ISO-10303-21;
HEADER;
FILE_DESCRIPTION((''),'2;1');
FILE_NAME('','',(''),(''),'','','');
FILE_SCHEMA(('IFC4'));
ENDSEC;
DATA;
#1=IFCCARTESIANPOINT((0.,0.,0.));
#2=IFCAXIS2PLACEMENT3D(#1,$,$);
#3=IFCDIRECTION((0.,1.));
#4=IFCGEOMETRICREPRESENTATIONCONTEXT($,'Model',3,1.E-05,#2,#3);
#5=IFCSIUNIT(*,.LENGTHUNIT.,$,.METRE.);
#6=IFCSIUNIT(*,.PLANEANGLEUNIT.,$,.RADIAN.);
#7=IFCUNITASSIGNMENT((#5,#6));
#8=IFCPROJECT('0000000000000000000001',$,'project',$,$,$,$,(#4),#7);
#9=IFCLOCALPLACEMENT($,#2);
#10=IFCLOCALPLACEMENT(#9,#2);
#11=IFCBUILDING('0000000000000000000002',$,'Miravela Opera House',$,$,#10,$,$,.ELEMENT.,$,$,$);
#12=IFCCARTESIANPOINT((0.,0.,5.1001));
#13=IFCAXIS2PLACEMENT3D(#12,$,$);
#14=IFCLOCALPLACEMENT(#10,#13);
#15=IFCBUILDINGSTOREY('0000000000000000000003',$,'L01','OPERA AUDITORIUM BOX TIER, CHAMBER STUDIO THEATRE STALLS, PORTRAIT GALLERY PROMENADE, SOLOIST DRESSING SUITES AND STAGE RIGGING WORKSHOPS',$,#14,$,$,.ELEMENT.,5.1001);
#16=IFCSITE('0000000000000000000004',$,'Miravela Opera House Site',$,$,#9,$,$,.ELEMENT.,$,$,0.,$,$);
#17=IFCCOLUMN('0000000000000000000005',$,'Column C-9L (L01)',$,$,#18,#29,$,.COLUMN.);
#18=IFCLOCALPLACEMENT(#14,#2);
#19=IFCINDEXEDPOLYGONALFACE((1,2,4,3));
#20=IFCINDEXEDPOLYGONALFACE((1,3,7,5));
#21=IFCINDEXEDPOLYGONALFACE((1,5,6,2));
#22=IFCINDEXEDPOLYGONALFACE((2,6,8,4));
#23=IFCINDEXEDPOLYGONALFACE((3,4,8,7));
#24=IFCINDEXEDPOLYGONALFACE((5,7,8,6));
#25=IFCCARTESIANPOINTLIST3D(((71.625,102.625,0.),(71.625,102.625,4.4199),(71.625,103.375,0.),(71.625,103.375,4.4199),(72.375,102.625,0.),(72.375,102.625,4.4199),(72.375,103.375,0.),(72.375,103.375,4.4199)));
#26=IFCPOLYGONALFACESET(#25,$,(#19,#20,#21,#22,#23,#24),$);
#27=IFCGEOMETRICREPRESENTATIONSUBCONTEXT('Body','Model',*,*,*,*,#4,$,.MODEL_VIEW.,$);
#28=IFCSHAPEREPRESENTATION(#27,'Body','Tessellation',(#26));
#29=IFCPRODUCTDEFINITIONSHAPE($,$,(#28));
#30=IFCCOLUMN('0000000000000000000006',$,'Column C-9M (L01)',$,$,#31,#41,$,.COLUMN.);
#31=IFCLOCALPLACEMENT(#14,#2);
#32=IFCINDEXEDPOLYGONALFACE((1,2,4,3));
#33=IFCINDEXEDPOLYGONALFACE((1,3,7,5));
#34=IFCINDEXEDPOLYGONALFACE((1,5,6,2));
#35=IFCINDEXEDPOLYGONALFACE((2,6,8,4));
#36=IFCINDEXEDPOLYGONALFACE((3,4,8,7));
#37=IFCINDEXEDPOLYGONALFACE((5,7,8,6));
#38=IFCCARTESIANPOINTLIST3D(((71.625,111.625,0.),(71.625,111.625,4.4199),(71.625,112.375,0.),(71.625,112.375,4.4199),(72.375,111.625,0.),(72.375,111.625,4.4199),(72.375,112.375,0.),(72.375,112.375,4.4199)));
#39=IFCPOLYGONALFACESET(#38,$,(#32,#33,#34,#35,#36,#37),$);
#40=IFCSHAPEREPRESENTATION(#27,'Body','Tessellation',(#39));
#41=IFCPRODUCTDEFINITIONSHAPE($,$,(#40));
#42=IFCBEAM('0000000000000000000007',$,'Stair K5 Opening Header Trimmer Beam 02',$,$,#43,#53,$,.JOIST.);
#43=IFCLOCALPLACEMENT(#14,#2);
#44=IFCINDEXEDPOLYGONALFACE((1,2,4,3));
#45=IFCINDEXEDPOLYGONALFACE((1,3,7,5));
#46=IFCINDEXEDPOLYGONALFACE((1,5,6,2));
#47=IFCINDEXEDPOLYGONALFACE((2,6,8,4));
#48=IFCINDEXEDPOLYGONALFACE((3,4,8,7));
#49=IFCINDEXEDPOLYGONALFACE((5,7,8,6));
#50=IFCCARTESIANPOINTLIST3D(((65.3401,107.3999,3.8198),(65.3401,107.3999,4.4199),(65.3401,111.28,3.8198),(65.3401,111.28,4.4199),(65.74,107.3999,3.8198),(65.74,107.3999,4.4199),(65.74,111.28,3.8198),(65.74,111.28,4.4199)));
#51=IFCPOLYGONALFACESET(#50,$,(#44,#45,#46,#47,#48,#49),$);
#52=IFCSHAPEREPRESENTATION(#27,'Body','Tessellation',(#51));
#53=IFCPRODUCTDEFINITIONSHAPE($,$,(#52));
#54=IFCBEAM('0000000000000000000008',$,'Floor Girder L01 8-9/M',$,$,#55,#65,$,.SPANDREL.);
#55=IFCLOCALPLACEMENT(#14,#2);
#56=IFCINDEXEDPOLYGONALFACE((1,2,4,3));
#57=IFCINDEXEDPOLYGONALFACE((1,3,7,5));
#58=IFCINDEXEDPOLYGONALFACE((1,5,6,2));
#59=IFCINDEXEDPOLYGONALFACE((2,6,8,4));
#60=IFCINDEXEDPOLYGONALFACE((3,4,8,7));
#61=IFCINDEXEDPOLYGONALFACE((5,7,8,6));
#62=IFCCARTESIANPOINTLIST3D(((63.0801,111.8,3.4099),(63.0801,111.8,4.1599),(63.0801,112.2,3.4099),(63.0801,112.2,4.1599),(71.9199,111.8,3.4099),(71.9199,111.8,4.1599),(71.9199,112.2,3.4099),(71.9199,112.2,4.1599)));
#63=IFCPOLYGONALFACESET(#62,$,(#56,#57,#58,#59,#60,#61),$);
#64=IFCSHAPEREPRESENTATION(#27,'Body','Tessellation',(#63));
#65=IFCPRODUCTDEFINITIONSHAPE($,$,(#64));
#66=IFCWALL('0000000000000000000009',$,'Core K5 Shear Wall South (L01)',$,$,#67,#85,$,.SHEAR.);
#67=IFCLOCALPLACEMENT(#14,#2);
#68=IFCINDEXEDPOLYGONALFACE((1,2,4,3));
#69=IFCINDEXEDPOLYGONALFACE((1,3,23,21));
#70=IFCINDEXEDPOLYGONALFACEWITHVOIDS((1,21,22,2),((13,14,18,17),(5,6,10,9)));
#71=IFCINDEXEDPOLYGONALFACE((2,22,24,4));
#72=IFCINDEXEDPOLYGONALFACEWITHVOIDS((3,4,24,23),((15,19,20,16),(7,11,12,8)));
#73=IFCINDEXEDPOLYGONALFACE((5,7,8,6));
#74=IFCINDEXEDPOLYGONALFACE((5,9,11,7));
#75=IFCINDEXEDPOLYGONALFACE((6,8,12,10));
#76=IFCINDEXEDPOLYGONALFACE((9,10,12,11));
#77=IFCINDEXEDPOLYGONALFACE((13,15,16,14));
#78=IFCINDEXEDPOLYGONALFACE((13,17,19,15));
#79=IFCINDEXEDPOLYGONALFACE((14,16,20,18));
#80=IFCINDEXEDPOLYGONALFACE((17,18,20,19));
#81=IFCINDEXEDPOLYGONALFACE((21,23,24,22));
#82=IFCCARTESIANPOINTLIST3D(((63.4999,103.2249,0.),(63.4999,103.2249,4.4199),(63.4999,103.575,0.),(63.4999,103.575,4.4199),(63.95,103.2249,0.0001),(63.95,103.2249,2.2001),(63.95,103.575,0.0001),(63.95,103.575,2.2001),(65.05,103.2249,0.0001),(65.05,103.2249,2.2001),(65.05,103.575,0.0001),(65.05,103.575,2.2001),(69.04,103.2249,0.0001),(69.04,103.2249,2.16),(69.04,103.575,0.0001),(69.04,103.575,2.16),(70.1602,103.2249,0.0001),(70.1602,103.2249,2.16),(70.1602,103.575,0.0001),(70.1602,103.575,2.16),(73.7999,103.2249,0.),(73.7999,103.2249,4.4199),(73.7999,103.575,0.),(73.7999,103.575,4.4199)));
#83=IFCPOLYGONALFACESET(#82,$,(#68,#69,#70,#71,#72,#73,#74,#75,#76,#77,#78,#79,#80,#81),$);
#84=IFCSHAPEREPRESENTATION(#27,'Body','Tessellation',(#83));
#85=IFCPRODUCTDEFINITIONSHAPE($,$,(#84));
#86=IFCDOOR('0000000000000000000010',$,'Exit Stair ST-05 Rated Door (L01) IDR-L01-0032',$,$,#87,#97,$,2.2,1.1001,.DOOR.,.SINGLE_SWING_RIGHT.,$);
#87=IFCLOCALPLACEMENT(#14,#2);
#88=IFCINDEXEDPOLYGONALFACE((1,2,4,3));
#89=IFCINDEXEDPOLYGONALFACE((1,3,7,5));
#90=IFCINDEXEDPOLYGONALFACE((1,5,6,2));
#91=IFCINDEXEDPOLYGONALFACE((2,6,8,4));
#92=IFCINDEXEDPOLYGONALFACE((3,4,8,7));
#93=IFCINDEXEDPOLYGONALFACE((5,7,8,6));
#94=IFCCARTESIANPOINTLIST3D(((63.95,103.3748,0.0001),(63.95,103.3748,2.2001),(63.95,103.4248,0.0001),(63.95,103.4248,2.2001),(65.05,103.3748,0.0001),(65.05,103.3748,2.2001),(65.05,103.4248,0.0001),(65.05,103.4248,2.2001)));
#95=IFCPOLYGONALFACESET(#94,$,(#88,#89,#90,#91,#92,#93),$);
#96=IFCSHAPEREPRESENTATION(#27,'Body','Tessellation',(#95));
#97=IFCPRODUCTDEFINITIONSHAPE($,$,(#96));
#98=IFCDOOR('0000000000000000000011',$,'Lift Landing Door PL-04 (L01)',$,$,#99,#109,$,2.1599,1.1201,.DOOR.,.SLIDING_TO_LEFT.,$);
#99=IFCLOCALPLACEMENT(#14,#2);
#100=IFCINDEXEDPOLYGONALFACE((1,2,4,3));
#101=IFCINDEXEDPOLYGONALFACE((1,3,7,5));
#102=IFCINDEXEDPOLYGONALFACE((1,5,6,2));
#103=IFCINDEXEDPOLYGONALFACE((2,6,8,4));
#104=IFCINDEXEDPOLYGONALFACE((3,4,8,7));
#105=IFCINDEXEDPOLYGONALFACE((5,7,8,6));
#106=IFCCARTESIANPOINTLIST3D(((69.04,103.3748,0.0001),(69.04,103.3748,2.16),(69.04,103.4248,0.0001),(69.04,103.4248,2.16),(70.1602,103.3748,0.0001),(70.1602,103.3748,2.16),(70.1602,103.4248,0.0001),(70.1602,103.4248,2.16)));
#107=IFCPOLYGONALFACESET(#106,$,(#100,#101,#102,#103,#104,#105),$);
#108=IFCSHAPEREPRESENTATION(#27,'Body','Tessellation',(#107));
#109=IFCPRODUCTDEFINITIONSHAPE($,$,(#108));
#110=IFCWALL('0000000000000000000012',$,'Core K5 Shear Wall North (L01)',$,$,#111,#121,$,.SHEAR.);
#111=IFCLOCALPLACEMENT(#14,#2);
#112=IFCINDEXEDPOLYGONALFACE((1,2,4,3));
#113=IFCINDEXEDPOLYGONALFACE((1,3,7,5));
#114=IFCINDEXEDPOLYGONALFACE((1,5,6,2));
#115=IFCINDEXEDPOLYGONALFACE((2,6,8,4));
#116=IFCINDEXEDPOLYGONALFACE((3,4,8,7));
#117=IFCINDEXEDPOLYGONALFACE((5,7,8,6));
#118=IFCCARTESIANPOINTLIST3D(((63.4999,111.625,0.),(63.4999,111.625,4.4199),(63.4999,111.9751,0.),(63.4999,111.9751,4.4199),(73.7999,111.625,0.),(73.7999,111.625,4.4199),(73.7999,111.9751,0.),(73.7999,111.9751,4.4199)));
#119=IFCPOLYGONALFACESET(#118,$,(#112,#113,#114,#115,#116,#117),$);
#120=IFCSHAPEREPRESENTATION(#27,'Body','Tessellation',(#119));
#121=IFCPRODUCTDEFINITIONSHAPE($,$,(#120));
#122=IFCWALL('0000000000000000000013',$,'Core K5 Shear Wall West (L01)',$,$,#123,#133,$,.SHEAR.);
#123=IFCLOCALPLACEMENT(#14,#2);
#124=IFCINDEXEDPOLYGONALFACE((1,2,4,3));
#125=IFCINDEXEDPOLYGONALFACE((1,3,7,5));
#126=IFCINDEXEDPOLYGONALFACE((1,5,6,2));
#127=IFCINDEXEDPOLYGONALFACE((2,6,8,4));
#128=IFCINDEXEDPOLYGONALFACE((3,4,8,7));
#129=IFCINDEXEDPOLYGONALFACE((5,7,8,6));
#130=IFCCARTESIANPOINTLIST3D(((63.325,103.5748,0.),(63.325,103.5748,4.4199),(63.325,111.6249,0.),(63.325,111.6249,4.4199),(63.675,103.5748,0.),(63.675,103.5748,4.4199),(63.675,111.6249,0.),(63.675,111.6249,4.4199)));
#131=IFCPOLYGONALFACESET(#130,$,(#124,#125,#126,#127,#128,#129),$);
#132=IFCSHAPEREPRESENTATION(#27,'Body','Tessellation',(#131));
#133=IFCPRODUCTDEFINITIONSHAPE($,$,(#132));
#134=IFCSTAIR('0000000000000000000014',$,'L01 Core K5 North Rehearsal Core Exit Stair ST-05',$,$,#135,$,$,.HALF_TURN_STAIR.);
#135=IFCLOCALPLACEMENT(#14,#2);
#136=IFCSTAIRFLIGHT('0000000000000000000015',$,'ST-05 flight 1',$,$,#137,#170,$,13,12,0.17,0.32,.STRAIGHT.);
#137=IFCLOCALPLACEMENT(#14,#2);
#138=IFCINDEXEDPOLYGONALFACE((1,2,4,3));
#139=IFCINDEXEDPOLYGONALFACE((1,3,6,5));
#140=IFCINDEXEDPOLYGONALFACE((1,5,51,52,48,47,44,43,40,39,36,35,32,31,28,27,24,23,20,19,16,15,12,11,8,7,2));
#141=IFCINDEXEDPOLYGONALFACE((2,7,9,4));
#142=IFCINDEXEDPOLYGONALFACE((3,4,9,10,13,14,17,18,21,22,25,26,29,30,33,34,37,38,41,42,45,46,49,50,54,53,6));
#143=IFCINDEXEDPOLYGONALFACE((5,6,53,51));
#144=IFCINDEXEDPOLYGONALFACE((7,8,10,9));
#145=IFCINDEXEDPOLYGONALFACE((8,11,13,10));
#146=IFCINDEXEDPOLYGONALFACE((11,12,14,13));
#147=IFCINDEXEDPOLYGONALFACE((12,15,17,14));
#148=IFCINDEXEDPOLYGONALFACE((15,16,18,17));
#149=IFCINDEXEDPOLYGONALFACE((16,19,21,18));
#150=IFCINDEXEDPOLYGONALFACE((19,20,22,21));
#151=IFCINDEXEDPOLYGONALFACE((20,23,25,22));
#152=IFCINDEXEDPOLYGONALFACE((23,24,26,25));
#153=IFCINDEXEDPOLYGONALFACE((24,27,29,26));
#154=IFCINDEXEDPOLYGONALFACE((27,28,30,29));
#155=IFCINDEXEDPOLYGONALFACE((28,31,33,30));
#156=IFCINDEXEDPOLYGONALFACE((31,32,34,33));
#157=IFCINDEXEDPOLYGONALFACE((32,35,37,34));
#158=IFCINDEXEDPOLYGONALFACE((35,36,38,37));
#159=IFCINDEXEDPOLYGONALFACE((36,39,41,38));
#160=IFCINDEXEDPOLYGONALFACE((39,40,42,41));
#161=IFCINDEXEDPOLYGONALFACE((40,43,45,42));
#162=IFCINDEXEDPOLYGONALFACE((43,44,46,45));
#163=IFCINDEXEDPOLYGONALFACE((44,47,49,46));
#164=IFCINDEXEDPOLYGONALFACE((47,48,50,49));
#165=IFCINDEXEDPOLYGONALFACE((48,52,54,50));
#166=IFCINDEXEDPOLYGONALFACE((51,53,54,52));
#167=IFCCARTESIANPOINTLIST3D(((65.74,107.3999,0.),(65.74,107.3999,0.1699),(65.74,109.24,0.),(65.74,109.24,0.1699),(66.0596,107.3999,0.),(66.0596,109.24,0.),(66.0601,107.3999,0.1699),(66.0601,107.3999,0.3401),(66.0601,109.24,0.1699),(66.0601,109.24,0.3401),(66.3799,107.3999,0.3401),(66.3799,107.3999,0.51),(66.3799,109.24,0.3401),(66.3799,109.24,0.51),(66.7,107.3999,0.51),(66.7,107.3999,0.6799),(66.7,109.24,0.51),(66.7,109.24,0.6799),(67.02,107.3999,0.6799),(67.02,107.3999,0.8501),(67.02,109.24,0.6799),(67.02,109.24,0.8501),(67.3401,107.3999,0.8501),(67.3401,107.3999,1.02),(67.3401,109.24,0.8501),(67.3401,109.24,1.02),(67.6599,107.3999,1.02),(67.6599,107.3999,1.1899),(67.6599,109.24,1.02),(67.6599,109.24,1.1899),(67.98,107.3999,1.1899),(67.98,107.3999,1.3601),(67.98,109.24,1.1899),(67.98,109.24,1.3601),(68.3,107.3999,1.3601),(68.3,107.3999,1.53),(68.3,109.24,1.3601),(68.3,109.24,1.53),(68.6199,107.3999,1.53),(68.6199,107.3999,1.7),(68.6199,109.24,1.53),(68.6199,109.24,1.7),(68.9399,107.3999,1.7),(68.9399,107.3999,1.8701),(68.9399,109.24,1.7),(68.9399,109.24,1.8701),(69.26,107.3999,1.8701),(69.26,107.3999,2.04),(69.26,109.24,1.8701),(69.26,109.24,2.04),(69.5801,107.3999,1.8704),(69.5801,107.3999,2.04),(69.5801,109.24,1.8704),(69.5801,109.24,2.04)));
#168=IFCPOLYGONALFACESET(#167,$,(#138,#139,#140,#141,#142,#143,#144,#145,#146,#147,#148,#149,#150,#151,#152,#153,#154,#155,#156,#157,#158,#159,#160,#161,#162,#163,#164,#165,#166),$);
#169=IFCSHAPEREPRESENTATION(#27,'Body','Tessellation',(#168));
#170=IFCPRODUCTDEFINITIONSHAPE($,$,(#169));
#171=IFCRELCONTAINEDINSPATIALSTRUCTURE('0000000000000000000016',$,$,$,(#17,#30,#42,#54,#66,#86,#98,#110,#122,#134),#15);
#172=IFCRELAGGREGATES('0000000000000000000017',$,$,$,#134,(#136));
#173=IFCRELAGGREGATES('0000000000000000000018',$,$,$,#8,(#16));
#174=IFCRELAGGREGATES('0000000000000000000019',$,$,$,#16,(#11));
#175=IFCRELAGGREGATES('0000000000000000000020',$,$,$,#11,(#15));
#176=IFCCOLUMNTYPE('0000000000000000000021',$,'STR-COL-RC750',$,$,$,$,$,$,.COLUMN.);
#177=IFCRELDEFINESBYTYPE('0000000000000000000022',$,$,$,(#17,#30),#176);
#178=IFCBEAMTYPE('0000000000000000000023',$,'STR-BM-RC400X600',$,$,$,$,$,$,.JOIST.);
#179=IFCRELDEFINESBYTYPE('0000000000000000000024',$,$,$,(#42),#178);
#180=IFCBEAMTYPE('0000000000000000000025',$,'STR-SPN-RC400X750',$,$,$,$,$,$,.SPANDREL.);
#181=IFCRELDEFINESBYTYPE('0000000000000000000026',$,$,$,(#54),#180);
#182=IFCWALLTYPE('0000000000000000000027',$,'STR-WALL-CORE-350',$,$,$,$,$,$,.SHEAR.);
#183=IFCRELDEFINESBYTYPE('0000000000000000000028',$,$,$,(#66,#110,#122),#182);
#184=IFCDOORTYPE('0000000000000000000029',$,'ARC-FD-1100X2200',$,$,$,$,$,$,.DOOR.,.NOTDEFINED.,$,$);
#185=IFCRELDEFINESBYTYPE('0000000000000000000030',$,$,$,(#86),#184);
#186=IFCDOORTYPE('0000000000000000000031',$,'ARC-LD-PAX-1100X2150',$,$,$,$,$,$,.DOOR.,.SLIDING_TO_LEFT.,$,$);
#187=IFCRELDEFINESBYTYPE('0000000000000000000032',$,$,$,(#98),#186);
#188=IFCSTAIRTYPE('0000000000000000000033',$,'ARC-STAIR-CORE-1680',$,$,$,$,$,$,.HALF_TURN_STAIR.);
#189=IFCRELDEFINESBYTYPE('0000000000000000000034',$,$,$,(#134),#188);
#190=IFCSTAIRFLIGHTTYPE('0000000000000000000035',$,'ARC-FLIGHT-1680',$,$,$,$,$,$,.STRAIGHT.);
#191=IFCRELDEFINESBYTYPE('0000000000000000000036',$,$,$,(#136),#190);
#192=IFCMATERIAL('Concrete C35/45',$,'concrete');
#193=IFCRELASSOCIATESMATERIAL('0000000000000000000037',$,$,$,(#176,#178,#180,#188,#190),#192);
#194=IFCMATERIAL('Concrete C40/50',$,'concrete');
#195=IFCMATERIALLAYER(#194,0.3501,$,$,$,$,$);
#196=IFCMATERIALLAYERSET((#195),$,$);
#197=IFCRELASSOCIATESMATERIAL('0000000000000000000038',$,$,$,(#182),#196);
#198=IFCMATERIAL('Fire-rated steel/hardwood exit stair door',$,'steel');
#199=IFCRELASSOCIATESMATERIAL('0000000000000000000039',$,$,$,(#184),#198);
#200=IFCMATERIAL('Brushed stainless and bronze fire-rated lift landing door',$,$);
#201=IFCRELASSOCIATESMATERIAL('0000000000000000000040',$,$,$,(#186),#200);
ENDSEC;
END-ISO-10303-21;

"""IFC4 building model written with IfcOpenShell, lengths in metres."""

from ifc_helpers import new_model, si_unit, direction, frame, frame_2d, origin, origin_2d, place, context, subcontext, project, spatial, polyline, rectangle, outline, extrude, material, layer, layer_set, material_profile, profile_set, type_object, element, fill, aggregate, save


model = new_model("IFC4")

# Units and contexts
model_context = context("Model", 3, precision=1e-05, world=origin(), true_north=direction((0.0, 1.0)))
body_context = subcontext(model_context, "Body", "Model", "MODEL_VIEW")
ifc_project = project(units=[si_unit("LENGTHUNIT", "METRE"), si_unit("PLANEANGLEUNIT", "RADIAN")], contexts=[model_context])

# Site, building, storey
site_placement = place(None, origin())
site = spatial("IfcSite", under=ifc_project, at=site_placement, Name="Miravela Opera House Site", CompositionType="ELEMENT", RefElevation=0.0)
building_placement = place(site_placement, origin())
building = spatial("IfcBuilding", under=site, at=building_placement, Name="Miravela Opera House", CompositionType="ELEMENT")
storey_placement = place(building_placement, frame((0.0, 0.0, 5.1001)))
storey = spatial("IfcBuildingStorey", under=building, at=storey_placement, Name="L01", Description="OPERA AUDITORIUM BOX TIER, CHAMBER STUDIO THEATRE STALLS, PORTRAIT GALLERY PROMENADE, SOLOIST DRESSING SUITES AND STAGE RIGGING WORKSHOPS", CompositionType="ELEMENT", Elevation=5.1001)

# Columns
ifc_material_1 = material(Name="Concrete C35/45", Category="concrete")
ifc_material_profile_1 = material_profile(ifc_material_1, rectangle(XDim=0.75, YDim=0.75, at=origin_2d()), Name="RC-COL-750X750")
ifc_profile_set_1 = profile_set([ifc_material_profile_1])
column_type_1 = type_object("IfcColumnType", Name="STR-COL-RC750", PredefinedType="COLUMN", material=ifc_profile_set_1)
for number, where, z_axis, x_axis, name in (
    (1, (72.0, 103.0, 0.0), (0.0, 0.0, 1.0), (1.0, 0.0, 0.0), "Column C-9L (L01)"),
    (2, (72.0, 112.0, 0.0), (0.0, 0.0, 1.0), (1.0, 0.0, 0.0), "Column C-9M (L01)"),
):
    element("IfcColumn", number, at=place(storey_placement, frame(where, z_axis=z_axis, x_axis=x_axis)), inside=storey, type_object=column_type_1, Name=name, PredefinedType="COLUMN", context=body_context, shape_type="SweptSolid", body=[
        extrude(rectangle(XDim=0.75, YDim=0.75, at=origin_2d()), origin(), (0.0, 0.0, 1.0), 4.4199),
    ])

# Beams
ifc_material_profile_2 = material_profile(ifc_material_1, rectangle(XDim=0.3999, YDim=0.6001, at=origin_2d()), Name="RC-BM-400X600")
ifc_profile_set_2 = profile_set([ifc_material_profile_2])
beam_type_1 = type_object("IfcBeamType", Name="STR-BM-RC400X600", PredefinedType="JOIST", material=ifc_profile_set_2)
beam_1_placement = place(storey_placement, frame((65.54, 107.3999, 4.1199), z_axis=(0.0, 1.0, 0.0), x_axis=(-1.0, 0.0, 0.0)))
element("IfcBeam", 3, at=beam_1_placement, inside=storey, type_object=beam_type_1, Name="Stair K5 Opening Header Trimmer Beam 02", PredefinedType="JOIST", context=body_context, shape_type="SweptSolid", body=[
    extrude(rectangle(XDim=0.3999, YDim=0.6001, at=origin_2d()), origin(), (0.0, 0.0, 1.0), 3.8801),
])
ifc_material_profile_3 = material_profile(ifc_material_1, rectangle(XDim=0.3999, YDim=0.75, at=origin_2d()), Name="RC-SPN-400X750")
ifc_profile_set_3 = profile_set([ifc_material_profile_3])
beam_type_2 = type_object("IfcBeamType", Name="STR-SPN-RC400X750", PredefinedType="SPANDREL", material=ifc_profile_set_3)
beam_2_placement = place(storey_placement, frame((63.0801, 112.0, 3.7849), z_axis=(1.0, 0.0, 0.0), x_axis=(0.0, 1.0, 0.0)))
element("IfcBeam", 4, at=beam_2_placement, inside=storey, type_object=beam_type_2, Name="Floor Girder L01 8-9/M", PredefinedType="SPANDREL", context=body_context, shape_type="SweptSolid", body=[
    extrude(rectangle(XDim=0.3999, YDim=0.75, at=origin_2d()), origin(), (0.0, 0.0, 1.0), 8.8398),
])

# Wall, openings, doors
ifc_material_2 = material(Name="Concrete C40/50", Category="concrete")
ifc_layer = layer(ifc_material_2, 0.3501)
ifc_layer_set = layer_set([ifc_layer])
wall_type = type_object("IfcWallType", Name="STR-WALL-CORE-350", PredefinedType="SHEAR", material=ifc_layer_set)
wall_1_placement = place(storey_placement, frame((63.5, 103.3999, 0.0), z_axis=(0.0, 0.0, 1.0), x_axis=(1.0, 0.0, 0.0)))
wall_1 = element("IfcWall", 5, at=wall_1_placement, inside=storey, type_object=wall_type, Name="Core K5 Shear Wall South (L01)", PredefinedType="SHEAR", context=body_context, shape_type="SweptSolid", body=[
    extrude(rectangle(XDim=10.3, YDim=0.3501, at=frame_2d((5.1499, 0.0))), origin(), (0.0, 0.0, 1.0), 4.4199),
])
opening_1_placement = place(wall_1_placement, frame((0.45, 0.0, 0.0)))
opening_1 = element("IfcOpeningElement", 6, at=opening_1_placement, cuts=wall_1, PredefinedType="OPENING", context=body_context, shape_type="SweptSolid", body=[
    extrude(rectangle(XDim=1.1001, YDim=2.2, at=frame_2d((0.55, 1.1001))), frame((0.0, 0.1851, 0.0), z_axis=(0.0, -1.0, 0.0), x_axis=(1.0, 0.0, 0.0)), (0.0, 0.0, 1.0), 0.3701),
])
opening_2_placement = place(wall_1_placement, frame((5.54, 0.0, 0.0)))
opening_2 = element("IfcOpeningElement", 7, at=opening_2_placement, cuts=wall_1, PredefinedType="OPENING", context=body_context, shape_type="SweptSolid", body=[
    extrude(rectangle(XDim=1.1201, YDim=2.1599, at=frame_2d((0.5601, 1.0801))), frame((0.0, 0.1851, 0.0), z_axis=(0.0, -1.0, 0.0), x_axis=(1.0, 0.0, 0.0)), (0.0, 0.0, 1.0), 0.3701),
])
ifc_material_3 = material(Name="Fire-rated steel/hardwood exit stair door", Category="steel")
door_type_1 = type_object("IfcDoorType", Name="ARC-FD-1100X2200", OperationType="NOTDEFINED", PredefinedType="DOOR", material=ifc_material_3)
door_1_placement = place(opening_1_placement, origin())
door_1 = element("IfcDoor", 8, at=door_1_placement, inside=storey, type_object=door_type_1, Name="Exit Stair ST-05 Rated Door (L01) IDR-L01-0032", OperationType="SINGLE_SWING_RIGHT", OverallHeight=2.2, OverallWidth=1.1001, PredefinedType="DOOR", context=body_context, shape_type="SweptSolid", body=[
    extrude(rectangle(XDim=1.1001, YDim=2.2, at=frame_2d((0.55, 1.1001))), frame((0.0, 0.0249, 0.0), z_axis=(0.0, -1.0, 0.0), x_axis=(1.0, 0.0, 0.0)), (0.0, 0.0, 1.0), 0.05),
])
fill(opening_1, door_1)
ifc_material_4 = material(Name="Brushed stainless and bronze fire-rated lift landing door")
door_type_2 = type_object("IfcDoorType", Name="ARC-LD-PAX-1100X2150", OperationType="SLIDING_TO_LEFT", PredefinedType="DOOR", material=ifc_material_4)
door_2_placement = place(opening_2_placement, origin())
door_2 = element("IfcDoor", 9, at=door_2_placement, inside=storey, type_object=door_type_2, Name="Lift Landing Door PL-04 (L01)", OperationType="SLIDING_TO_LEFT", OverallHeight=2.1599, OverallWidth=1.1201, PredefinedType="DOOR", context=body_context, shape_type="SweptSolid", body=[
    extrude(rectangle(XDim=1.1201, YDim=2.1599, at=frame_2d((0.5601, 1.0801))), frame((0.0, 0.0249, 0.0), z_axis=(0.0, -1.0, 0.0), x_axis=(1.0, 0.0, 0.0)), (0.0, 0.0, 1.0), 0.05),
])
fill(opening_2, door_2)

# Walls
wall_2_placement = place(storey_placement, frame((63.5, 111.8, 0.0), z_axis=(0.0, 0.0, 1.0), x_axis=(1.0, 0.0, 0.0)))
element("IfcWall", 10, at=wall_2_placement, inside=storey, type_object=wall_type, Name="Core K5 Shear Wall North (L01)", PredefinedType="SHEAR", context=body_context, shape_type="SweptSolid", body=[
    extrude(rectangle(XDim=10.3, YDim=0.3501, at=frame_2d((5.1499, 0.0))), origin(), (0.0, 0.0, 1.0), 4.4199),
])
wall_3_placement = place(storey_placement, frame((63.5, 103.575, 0.0), z_axis=(0.0, 0.0, 1.0), x_axis=(0.0, 1.0, 0.0)))
element("IfcWall", 11, at=wall_3_placement, inside=storey, type_object=wall_type, Name="Core K5 Shear Wall West (L01)", PredefinedType="SHEAR", context=body_context, shape_type="SweptSolid", body=[
    extrude(rectangle(XDim=8.05, YDim=0.3501, at=frame_2d((4.0249, 0.0))), origin(), (0.0, 0.0, 1.0), 4.4199),
])

# Stair, stair flight
stair_type = type_object("IfcStairType", Name="ARC-STAIR-CORE-1680", PredefinedType="HALF_TURN_STAIR", material=ifc_material_1)
stair_placement = place(storey_placement, origin())
stair = element("IfcStair", 12, at=stair_placement, inside=storey, type_object=stair_type, Name="L01 Core K5 North Rehearsal Core Exit Stair ST-05", PredefinedType="HALF_TURN_STAIR")
stair_flight_type = type_object("IfcStairFlightType", Name="ARC-FLIGHT-1680", PredefinedType="STRAIGHT", material=ifc_material_1)
stair_flight_1_placement = place(storey_placement, frame((65.74, 108.3201, 0.0), z_axis=(0.0, 0.0, 1.0), x_axis=(1.0, 0.0, 0.0)))
stair_flight_1 = element("IfcStairFlight", 13, at=stair_flight_1_placement, type_object=stair_flight_type, Name="ST-05 flight 1", NumberOfRisers=13, NumberOfTreads=12, PredefinedType="STRAIGHT", RiserHeight=0.17, TreadLength=0.32, context=body_context, shape_type="SweptSolid", body=[
    extrude(outline(polyline([(0.0, 0.0), (0.0, 0.1699), (0.3201, 0.1699), (0.3201, 0.3401), (0.6399, 0.3401), (0.6399, 0.51), (0.96, 0.51), (0.96, 0.6799), (1.28, 0.6799), (1.28, 0.8501), (1.6001, 0.8501), (1.6001, 1.02), (1.9199, 1.02), (1.9199, 1.1899), (2.24, 1.1899), (2.24, 1.3601), (2.5601, 1.3601), (2.5601, 1.53), (2.8799, 1.53), (2.8799, 1.7), (3.2, 1.7), (3.2, 1.8701), (3.52, 1.8701), (3.52, 2.04), (3.8401, 2.04), (3.8401, 2.21), (3.8401, 1.8704), (0.3196, 0.0), (0.0, 0.0)])), frame((0.0, 0.9199, 0.0), z_axis=(0.0, -1.0, 0.0), x_axis=(1.0, 0.0, 0.0)), (0.0, 0.0, 1.0), 1.8401),
])
aggregate(stair, [stair_flight_1])

save(model, "model.ifc")
